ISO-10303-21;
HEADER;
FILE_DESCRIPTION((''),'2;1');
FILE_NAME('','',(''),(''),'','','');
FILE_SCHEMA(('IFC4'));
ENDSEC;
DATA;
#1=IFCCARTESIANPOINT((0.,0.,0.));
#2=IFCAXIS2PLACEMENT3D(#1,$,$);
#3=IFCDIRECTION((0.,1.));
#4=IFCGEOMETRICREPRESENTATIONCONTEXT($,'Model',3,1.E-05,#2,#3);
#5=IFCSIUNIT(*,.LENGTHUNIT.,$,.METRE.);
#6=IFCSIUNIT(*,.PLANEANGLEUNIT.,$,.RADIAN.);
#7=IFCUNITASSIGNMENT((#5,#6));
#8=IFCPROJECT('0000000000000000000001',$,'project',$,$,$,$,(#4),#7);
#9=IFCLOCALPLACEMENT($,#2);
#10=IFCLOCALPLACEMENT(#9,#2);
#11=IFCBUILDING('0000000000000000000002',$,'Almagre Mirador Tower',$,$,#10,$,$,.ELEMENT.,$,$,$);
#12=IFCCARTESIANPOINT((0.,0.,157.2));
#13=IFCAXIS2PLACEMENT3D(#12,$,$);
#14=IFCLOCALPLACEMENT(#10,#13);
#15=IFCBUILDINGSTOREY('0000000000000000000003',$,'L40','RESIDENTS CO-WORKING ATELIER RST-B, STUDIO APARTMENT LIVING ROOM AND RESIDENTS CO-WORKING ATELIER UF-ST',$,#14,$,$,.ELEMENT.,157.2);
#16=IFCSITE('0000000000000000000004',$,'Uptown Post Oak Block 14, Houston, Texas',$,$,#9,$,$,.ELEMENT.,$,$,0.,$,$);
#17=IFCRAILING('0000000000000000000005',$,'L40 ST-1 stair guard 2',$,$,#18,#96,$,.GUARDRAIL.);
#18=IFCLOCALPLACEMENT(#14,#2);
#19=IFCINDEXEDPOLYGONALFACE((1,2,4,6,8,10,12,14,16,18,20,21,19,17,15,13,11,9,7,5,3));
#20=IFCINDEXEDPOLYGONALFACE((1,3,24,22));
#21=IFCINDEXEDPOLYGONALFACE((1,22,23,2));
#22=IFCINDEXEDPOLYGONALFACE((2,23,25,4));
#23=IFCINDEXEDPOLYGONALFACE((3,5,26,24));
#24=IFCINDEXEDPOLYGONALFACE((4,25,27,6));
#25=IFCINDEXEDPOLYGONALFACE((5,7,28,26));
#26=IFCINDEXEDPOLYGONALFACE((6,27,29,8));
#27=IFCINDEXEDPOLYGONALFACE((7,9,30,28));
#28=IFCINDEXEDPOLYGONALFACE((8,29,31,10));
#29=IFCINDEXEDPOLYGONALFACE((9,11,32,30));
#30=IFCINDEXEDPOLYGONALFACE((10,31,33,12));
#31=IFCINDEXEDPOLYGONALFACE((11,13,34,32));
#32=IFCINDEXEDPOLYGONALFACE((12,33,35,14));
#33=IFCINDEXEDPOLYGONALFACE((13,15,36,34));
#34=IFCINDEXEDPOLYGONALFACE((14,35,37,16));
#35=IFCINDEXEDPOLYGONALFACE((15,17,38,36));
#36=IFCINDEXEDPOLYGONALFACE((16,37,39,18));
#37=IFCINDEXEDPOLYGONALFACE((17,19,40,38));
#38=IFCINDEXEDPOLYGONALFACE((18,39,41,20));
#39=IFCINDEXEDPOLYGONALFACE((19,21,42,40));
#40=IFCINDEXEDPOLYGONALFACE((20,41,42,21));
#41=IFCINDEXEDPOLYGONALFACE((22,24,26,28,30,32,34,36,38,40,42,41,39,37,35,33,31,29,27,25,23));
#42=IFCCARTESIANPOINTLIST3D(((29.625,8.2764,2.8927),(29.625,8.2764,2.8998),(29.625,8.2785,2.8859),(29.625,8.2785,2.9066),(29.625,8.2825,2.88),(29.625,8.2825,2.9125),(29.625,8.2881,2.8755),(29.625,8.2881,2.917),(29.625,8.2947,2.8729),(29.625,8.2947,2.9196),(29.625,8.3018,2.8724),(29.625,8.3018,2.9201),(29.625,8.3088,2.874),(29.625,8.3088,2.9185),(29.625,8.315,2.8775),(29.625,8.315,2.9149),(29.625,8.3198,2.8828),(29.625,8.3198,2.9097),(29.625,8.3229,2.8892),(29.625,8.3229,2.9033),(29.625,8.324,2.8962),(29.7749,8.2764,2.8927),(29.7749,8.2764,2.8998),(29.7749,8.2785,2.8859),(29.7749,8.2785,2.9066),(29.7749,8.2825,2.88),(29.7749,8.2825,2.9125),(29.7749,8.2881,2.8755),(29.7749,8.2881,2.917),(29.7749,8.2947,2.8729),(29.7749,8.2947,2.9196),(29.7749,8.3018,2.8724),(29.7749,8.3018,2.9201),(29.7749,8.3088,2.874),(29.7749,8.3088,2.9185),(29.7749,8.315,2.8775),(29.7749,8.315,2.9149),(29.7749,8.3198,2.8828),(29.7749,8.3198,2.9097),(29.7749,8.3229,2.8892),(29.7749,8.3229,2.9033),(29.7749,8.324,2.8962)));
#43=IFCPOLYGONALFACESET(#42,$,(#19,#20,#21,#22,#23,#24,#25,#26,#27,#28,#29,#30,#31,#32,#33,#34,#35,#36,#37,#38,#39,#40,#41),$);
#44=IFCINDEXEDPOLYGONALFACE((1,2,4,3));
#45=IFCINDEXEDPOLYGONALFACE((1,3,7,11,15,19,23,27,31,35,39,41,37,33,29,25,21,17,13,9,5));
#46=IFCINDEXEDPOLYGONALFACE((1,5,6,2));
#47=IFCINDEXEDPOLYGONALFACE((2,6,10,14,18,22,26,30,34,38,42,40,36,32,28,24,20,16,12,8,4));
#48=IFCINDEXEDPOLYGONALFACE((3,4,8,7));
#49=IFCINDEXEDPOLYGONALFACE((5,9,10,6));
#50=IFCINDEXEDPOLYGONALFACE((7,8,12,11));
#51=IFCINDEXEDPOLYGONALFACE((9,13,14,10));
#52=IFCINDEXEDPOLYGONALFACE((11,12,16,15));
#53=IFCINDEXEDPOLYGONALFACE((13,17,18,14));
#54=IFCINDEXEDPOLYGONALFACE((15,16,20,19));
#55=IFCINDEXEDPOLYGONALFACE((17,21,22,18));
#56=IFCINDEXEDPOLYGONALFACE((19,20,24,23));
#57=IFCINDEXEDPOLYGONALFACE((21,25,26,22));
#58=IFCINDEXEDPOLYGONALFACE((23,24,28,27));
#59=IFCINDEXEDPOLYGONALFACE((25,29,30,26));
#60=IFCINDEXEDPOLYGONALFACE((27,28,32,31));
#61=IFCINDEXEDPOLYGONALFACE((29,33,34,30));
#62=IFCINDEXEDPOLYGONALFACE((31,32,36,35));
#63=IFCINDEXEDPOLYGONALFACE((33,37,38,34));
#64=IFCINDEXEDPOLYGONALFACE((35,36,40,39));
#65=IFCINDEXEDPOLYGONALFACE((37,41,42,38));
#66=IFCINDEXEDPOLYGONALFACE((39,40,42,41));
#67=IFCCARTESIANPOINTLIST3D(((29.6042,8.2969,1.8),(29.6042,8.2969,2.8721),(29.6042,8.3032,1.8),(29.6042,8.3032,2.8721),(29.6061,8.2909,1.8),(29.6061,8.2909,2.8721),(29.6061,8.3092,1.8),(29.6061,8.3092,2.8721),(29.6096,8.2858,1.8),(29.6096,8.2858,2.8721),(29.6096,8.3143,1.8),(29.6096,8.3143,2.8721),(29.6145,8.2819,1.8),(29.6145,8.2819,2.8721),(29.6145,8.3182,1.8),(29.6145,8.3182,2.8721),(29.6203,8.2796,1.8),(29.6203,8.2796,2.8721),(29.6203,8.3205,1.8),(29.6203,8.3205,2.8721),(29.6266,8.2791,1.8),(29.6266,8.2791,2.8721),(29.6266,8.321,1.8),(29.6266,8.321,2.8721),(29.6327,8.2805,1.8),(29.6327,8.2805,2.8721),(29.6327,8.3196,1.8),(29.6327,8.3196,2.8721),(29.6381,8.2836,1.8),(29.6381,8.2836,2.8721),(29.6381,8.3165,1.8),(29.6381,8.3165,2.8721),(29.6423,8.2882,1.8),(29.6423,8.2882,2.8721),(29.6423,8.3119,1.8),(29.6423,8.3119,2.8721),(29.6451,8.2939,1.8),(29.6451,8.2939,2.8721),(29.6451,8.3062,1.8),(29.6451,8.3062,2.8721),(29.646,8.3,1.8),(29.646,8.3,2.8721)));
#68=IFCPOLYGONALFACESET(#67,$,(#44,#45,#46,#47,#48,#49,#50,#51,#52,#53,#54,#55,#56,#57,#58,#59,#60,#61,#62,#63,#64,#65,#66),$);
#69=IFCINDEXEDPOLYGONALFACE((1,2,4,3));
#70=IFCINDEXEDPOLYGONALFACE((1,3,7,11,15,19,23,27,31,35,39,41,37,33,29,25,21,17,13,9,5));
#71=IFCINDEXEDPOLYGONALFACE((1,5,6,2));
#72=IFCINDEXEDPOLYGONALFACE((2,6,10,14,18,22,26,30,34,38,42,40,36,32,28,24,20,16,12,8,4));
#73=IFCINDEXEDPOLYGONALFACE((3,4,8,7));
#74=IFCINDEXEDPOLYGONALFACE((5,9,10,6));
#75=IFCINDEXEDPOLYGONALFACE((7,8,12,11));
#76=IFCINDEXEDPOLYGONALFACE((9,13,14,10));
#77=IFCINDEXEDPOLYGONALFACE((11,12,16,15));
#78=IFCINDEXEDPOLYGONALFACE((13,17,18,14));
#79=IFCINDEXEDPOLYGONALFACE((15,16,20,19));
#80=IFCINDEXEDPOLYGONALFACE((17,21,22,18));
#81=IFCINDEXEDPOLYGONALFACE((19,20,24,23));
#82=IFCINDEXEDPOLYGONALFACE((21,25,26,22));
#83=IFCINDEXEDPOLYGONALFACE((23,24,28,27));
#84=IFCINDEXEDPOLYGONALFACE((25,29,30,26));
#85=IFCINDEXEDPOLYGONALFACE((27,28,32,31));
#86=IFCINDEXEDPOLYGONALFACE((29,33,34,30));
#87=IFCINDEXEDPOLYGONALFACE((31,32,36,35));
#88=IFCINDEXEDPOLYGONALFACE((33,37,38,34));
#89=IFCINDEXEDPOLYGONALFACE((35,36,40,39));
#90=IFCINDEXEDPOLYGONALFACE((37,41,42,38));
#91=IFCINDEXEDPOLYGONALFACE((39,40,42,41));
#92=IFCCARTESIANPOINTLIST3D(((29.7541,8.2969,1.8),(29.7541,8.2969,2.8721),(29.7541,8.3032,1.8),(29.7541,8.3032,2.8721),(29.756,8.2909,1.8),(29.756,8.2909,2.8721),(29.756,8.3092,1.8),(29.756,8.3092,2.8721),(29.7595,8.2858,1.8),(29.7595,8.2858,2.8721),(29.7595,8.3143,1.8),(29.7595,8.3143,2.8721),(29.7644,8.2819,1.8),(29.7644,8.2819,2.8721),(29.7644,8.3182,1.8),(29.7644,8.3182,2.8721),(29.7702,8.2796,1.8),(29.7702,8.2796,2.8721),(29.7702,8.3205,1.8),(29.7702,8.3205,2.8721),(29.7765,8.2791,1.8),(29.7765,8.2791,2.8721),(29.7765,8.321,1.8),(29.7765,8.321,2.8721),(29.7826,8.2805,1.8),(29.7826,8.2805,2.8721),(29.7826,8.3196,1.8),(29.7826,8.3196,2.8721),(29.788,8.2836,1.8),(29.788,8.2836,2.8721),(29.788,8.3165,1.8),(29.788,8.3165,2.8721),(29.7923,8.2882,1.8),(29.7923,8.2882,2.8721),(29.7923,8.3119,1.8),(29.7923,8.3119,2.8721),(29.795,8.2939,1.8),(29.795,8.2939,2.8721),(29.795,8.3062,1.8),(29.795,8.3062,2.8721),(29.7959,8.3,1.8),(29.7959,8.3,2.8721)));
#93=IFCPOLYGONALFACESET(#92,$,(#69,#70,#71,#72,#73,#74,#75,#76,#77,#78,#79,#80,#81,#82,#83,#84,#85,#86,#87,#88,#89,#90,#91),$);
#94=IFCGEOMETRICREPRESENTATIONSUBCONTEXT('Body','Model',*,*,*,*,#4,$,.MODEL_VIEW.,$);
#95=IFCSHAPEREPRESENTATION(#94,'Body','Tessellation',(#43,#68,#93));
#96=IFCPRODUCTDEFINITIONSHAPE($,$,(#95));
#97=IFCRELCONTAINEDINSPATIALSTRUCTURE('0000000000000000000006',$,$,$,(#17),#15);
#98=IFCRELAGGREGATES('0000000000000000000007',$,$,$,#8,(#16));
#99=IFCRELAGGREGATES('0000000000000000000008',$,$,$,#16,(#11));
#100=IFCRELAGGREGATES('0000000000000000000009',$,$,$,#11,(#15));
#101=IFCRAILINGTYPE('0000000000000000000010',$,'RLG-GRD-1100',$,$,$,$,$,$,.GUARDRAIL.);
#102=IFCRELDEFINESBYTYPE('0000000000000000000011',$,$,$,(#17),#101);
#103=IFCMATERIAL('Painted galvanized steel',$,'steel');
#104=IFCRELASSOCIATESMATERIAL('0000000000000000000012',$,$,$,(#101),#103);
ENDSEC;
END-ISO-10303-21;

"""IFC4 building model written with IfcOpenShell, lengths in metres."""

from ifc_helpers import new_model, si_unit, direction, frame, origin, origin_2d, place, context, subcontext, project, spatial, circle, extrude, material, type_object, element, save


model = new_model("IFC4")

# Units and contexts
model_context = context("Model", 3, precision=1e-05, world=origin(), true_north=direction((0.0, 1.0)))
body_context = subcontext(model_context, "Body", "Model", "MODEL_VIEW")
ifc_project = project(units=[si_unit("LENGTHUNIT", "METRE"), si_unit("PLANEANGLEUNIT", "RADIAN")], contexts=[model_context])

# Site, building, storey
site_placement = place(None, origin())
site = spatial("IfcSite", under=ifc_project, at=site_placement, Name="Uptown Post Oak Block 14, Houston, Texas", CompositionType="ELEMENT", RefElevation=0.0)
building_placement = place(site_placement, origin())
building = spatial("IfcBuilding", under=site, at=building_placement, Name="Almagre Mirador Tower", CompositionType="ELEMENT")
storey_placement = place(building_placement, frame((0.0, 0.0, 157.2)))
storey = spatial("IfcBuildingStorey", under=building, at=storey_placement, Name="L40", Description="RESIDENTS CO-WORKING ATELIER RST-B, STUDIO APARTMENT LIVING ROOM AND RESIDENTS CO-WORKING ATELIER UF-ST", CompositionType="ELEMENT", Elevation=157.2)

# Railing
ifc_material_1 = material(Name="Painted galvanized steel", Category="steel")
railing_type_1 = type_object("IfcRailingType", Name="RLG-GRD-1100", PredefinedType="GUARDRAIL", material=ifc_material_1)
railing_1_placement = place(storey_placement, frame((29.625, 8.3, 1.8)))
element("IfcRailing", 1, at=railing_1_placement, inside=storey, type_object=railing_type_1, Name="L40 ST-1 stair guard 2", PredefinedType="GUARDRAIL", context=body_context, shape_type="SweptSolid", body=[
    extrude(circle(Radius=0.0239, at=origin_2d()), frame((0.0, 0.0, 1.0962), z_axis=(1.0, 0.0, 0.0), x_axis=(0.0, 1.0, 0.0)), (0.0, 0.0, 1.0), 0.1499),
    extrude(circle(Radius=0.021, at=origin_2d()), origin(), (0.0, 0.0, 1.0), 1.072),
    extrude(circle(Radius=0.021, at=origin_2d()), frame((0.1499, 0.0, 0.0)), (0.0, 0.0, 1.0), 1.072),
])

save(model, "model.ifc")
